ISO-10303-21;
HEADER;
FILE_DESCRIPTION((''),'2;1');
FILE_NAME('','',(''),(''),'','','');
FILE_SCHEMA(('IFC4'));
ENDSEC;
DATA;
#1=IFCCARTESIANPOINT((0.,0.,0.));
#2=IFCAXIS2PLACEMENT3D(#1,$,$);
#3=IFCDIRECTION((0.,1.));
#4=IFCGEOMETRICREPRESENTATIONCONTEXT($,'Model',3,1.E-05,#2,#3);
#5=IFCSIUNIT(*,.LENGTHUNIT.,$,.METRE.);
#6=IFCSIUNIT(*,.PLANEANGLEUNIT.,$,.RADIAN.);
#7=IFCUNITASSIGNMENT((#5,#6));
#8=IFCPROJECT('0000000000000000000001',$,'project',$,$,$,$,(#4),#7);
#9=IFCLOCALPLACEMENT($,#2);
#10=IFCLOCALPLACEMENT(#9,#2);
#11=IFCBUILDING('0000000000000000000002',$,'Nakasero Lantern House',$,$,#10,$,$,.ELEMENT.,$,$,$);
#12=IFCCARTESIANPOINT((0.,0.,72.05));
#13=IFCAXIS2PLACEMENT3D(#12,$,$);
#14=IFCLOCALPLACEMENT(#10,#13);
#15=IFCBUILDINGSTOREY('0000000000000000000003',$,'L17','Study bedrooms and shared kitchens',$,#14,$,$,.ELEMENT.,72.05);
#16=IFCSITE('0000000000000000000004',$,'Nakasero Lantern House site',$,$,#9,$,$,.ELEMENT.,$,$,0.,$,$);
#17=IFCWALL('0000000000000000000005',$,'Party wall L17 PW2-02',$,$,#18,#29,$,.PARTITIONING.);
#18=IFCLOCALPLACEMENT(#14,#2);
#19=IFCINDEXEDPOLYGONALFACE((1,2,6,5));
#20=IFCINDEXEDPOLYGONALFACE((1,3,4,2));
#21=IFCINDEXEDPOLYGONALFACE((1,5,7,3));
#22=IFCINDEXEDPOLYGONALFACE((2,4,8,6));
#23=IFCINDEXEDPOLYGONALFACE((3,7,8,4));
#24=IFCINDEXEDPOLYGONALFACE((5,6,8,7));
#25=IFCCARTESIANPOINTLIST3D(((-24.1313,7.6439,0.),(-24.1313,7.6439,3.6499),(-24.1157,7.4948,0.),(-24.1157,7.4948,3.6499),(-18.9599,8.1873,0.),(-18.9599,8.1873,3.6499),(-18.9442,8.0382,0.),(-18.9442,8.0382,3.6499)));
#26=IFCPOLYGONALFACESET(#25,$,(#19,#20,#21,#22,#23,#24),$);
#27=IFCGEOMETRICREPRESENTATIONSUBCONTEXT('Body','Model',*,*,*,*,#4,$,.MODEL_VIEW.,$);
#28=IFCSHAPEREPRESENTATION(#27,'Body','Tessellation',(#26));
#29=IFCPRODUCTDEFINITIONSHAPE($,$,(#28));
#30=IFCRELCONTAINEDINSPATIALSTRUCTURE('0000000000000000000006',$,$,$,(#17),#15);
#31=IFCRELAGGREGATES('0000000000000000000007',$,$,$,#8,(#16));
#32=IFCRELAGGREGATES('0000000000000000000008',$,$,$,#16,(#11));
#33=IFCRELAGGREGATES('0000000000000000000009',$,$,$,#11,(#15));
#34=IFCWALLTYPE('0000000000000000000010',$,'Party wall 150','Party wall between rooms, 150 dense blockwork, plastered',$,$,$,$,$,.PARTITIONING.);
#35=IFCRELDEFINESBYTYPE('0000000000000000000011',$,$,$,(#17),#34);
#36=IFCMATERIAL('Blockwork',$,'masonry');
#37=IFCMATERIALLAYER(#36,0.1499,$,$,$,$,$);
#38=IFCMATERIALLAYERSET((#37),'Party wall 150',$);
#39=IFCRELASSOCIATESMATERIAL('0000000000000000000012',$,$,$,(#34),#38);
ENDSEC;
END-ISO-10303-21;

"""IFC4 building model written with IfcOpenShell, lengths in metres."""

from ifc_helpers import new_model, si_unit, direction, frame, frame_2d, origin, place, context, subcontext, project, spatial, rectangle, extrude, material, layer, layer_set, type_object, element, save


model = new_model("IFC4")

# Units and contexts
model_context = context("Model", 3, precision=1e-05, world=origin(), true_north=direction((0.0, 1.0)))
body_context = subcontext(model_context, "Body", "Model", "MODEL_VIEW")
ifc_project = project(units=[si_unit("LENGTHUNIT", "METRE"), si_unit("PLANEANGLEUNIT", "RADIAN")], contexts=[model_context])

# Site, building, storey
site_placement = place(None, origin())
site = spatial("IfcSite", under=ifc_project, at=site_placement, Name="Nakasero Lantern House site", CompositionType="ELEMENT", RefElevation=0.0)
building_placement = place(site_placement, origin())
building = spatial("IfcBuilding", under=site, at=building_placement, Name="Nakasero Lantern House", CompositionType="ELEMENT")
storey_placement = place(building_placement, frame((0.0, 0.0, 72.05)))
storey = spatial("IfcBuildingStorey", under=building, at=storey_placement, Name="L17", Description="Study bedrooms and shared kitchens", CompositionType="ELEMENT", Elevation=72.05)

# Wall
ifc_material_1 = material(Name="Blockwork", Category="masonry")
ifc_layer_1 = layer(ifc_material_1, 0.1499)
ifc_layer_set_1 = layer_set([ifc_layer_1], Name="Party wall 150")
wall_type_1 = type_object("IfcWallType", Name="Party wall 150", Description="Party wall between rooms, 150 dense blockwork, plastered", PredefinedType="PARTITIONING", material=ifc_layer_set_1)
wall_1_placement = place(storey_placement, frame((-18.9519, 8.1128, 0.0), z_axis=(0.0, 0.0, 1.0), x_axis=(-0.994523, -0.104514, 0.0)))
element("IfcWall", 1, at=wall_1_placement, inside=storey, type_object=wall_type_1, Name="Party wall L17 PW2-02", PredefinedType="PARTITIONING", context=body_context, shape_type="SweptSolid", body=[
    extrude(rectangle(XDim=5.2, YDim=0.1499, at=frame_2d((2.6001, 0.0))), origin(), (0.0, 0.0, 1.0), 3.6499),
])

save(model, "model.ifc")
